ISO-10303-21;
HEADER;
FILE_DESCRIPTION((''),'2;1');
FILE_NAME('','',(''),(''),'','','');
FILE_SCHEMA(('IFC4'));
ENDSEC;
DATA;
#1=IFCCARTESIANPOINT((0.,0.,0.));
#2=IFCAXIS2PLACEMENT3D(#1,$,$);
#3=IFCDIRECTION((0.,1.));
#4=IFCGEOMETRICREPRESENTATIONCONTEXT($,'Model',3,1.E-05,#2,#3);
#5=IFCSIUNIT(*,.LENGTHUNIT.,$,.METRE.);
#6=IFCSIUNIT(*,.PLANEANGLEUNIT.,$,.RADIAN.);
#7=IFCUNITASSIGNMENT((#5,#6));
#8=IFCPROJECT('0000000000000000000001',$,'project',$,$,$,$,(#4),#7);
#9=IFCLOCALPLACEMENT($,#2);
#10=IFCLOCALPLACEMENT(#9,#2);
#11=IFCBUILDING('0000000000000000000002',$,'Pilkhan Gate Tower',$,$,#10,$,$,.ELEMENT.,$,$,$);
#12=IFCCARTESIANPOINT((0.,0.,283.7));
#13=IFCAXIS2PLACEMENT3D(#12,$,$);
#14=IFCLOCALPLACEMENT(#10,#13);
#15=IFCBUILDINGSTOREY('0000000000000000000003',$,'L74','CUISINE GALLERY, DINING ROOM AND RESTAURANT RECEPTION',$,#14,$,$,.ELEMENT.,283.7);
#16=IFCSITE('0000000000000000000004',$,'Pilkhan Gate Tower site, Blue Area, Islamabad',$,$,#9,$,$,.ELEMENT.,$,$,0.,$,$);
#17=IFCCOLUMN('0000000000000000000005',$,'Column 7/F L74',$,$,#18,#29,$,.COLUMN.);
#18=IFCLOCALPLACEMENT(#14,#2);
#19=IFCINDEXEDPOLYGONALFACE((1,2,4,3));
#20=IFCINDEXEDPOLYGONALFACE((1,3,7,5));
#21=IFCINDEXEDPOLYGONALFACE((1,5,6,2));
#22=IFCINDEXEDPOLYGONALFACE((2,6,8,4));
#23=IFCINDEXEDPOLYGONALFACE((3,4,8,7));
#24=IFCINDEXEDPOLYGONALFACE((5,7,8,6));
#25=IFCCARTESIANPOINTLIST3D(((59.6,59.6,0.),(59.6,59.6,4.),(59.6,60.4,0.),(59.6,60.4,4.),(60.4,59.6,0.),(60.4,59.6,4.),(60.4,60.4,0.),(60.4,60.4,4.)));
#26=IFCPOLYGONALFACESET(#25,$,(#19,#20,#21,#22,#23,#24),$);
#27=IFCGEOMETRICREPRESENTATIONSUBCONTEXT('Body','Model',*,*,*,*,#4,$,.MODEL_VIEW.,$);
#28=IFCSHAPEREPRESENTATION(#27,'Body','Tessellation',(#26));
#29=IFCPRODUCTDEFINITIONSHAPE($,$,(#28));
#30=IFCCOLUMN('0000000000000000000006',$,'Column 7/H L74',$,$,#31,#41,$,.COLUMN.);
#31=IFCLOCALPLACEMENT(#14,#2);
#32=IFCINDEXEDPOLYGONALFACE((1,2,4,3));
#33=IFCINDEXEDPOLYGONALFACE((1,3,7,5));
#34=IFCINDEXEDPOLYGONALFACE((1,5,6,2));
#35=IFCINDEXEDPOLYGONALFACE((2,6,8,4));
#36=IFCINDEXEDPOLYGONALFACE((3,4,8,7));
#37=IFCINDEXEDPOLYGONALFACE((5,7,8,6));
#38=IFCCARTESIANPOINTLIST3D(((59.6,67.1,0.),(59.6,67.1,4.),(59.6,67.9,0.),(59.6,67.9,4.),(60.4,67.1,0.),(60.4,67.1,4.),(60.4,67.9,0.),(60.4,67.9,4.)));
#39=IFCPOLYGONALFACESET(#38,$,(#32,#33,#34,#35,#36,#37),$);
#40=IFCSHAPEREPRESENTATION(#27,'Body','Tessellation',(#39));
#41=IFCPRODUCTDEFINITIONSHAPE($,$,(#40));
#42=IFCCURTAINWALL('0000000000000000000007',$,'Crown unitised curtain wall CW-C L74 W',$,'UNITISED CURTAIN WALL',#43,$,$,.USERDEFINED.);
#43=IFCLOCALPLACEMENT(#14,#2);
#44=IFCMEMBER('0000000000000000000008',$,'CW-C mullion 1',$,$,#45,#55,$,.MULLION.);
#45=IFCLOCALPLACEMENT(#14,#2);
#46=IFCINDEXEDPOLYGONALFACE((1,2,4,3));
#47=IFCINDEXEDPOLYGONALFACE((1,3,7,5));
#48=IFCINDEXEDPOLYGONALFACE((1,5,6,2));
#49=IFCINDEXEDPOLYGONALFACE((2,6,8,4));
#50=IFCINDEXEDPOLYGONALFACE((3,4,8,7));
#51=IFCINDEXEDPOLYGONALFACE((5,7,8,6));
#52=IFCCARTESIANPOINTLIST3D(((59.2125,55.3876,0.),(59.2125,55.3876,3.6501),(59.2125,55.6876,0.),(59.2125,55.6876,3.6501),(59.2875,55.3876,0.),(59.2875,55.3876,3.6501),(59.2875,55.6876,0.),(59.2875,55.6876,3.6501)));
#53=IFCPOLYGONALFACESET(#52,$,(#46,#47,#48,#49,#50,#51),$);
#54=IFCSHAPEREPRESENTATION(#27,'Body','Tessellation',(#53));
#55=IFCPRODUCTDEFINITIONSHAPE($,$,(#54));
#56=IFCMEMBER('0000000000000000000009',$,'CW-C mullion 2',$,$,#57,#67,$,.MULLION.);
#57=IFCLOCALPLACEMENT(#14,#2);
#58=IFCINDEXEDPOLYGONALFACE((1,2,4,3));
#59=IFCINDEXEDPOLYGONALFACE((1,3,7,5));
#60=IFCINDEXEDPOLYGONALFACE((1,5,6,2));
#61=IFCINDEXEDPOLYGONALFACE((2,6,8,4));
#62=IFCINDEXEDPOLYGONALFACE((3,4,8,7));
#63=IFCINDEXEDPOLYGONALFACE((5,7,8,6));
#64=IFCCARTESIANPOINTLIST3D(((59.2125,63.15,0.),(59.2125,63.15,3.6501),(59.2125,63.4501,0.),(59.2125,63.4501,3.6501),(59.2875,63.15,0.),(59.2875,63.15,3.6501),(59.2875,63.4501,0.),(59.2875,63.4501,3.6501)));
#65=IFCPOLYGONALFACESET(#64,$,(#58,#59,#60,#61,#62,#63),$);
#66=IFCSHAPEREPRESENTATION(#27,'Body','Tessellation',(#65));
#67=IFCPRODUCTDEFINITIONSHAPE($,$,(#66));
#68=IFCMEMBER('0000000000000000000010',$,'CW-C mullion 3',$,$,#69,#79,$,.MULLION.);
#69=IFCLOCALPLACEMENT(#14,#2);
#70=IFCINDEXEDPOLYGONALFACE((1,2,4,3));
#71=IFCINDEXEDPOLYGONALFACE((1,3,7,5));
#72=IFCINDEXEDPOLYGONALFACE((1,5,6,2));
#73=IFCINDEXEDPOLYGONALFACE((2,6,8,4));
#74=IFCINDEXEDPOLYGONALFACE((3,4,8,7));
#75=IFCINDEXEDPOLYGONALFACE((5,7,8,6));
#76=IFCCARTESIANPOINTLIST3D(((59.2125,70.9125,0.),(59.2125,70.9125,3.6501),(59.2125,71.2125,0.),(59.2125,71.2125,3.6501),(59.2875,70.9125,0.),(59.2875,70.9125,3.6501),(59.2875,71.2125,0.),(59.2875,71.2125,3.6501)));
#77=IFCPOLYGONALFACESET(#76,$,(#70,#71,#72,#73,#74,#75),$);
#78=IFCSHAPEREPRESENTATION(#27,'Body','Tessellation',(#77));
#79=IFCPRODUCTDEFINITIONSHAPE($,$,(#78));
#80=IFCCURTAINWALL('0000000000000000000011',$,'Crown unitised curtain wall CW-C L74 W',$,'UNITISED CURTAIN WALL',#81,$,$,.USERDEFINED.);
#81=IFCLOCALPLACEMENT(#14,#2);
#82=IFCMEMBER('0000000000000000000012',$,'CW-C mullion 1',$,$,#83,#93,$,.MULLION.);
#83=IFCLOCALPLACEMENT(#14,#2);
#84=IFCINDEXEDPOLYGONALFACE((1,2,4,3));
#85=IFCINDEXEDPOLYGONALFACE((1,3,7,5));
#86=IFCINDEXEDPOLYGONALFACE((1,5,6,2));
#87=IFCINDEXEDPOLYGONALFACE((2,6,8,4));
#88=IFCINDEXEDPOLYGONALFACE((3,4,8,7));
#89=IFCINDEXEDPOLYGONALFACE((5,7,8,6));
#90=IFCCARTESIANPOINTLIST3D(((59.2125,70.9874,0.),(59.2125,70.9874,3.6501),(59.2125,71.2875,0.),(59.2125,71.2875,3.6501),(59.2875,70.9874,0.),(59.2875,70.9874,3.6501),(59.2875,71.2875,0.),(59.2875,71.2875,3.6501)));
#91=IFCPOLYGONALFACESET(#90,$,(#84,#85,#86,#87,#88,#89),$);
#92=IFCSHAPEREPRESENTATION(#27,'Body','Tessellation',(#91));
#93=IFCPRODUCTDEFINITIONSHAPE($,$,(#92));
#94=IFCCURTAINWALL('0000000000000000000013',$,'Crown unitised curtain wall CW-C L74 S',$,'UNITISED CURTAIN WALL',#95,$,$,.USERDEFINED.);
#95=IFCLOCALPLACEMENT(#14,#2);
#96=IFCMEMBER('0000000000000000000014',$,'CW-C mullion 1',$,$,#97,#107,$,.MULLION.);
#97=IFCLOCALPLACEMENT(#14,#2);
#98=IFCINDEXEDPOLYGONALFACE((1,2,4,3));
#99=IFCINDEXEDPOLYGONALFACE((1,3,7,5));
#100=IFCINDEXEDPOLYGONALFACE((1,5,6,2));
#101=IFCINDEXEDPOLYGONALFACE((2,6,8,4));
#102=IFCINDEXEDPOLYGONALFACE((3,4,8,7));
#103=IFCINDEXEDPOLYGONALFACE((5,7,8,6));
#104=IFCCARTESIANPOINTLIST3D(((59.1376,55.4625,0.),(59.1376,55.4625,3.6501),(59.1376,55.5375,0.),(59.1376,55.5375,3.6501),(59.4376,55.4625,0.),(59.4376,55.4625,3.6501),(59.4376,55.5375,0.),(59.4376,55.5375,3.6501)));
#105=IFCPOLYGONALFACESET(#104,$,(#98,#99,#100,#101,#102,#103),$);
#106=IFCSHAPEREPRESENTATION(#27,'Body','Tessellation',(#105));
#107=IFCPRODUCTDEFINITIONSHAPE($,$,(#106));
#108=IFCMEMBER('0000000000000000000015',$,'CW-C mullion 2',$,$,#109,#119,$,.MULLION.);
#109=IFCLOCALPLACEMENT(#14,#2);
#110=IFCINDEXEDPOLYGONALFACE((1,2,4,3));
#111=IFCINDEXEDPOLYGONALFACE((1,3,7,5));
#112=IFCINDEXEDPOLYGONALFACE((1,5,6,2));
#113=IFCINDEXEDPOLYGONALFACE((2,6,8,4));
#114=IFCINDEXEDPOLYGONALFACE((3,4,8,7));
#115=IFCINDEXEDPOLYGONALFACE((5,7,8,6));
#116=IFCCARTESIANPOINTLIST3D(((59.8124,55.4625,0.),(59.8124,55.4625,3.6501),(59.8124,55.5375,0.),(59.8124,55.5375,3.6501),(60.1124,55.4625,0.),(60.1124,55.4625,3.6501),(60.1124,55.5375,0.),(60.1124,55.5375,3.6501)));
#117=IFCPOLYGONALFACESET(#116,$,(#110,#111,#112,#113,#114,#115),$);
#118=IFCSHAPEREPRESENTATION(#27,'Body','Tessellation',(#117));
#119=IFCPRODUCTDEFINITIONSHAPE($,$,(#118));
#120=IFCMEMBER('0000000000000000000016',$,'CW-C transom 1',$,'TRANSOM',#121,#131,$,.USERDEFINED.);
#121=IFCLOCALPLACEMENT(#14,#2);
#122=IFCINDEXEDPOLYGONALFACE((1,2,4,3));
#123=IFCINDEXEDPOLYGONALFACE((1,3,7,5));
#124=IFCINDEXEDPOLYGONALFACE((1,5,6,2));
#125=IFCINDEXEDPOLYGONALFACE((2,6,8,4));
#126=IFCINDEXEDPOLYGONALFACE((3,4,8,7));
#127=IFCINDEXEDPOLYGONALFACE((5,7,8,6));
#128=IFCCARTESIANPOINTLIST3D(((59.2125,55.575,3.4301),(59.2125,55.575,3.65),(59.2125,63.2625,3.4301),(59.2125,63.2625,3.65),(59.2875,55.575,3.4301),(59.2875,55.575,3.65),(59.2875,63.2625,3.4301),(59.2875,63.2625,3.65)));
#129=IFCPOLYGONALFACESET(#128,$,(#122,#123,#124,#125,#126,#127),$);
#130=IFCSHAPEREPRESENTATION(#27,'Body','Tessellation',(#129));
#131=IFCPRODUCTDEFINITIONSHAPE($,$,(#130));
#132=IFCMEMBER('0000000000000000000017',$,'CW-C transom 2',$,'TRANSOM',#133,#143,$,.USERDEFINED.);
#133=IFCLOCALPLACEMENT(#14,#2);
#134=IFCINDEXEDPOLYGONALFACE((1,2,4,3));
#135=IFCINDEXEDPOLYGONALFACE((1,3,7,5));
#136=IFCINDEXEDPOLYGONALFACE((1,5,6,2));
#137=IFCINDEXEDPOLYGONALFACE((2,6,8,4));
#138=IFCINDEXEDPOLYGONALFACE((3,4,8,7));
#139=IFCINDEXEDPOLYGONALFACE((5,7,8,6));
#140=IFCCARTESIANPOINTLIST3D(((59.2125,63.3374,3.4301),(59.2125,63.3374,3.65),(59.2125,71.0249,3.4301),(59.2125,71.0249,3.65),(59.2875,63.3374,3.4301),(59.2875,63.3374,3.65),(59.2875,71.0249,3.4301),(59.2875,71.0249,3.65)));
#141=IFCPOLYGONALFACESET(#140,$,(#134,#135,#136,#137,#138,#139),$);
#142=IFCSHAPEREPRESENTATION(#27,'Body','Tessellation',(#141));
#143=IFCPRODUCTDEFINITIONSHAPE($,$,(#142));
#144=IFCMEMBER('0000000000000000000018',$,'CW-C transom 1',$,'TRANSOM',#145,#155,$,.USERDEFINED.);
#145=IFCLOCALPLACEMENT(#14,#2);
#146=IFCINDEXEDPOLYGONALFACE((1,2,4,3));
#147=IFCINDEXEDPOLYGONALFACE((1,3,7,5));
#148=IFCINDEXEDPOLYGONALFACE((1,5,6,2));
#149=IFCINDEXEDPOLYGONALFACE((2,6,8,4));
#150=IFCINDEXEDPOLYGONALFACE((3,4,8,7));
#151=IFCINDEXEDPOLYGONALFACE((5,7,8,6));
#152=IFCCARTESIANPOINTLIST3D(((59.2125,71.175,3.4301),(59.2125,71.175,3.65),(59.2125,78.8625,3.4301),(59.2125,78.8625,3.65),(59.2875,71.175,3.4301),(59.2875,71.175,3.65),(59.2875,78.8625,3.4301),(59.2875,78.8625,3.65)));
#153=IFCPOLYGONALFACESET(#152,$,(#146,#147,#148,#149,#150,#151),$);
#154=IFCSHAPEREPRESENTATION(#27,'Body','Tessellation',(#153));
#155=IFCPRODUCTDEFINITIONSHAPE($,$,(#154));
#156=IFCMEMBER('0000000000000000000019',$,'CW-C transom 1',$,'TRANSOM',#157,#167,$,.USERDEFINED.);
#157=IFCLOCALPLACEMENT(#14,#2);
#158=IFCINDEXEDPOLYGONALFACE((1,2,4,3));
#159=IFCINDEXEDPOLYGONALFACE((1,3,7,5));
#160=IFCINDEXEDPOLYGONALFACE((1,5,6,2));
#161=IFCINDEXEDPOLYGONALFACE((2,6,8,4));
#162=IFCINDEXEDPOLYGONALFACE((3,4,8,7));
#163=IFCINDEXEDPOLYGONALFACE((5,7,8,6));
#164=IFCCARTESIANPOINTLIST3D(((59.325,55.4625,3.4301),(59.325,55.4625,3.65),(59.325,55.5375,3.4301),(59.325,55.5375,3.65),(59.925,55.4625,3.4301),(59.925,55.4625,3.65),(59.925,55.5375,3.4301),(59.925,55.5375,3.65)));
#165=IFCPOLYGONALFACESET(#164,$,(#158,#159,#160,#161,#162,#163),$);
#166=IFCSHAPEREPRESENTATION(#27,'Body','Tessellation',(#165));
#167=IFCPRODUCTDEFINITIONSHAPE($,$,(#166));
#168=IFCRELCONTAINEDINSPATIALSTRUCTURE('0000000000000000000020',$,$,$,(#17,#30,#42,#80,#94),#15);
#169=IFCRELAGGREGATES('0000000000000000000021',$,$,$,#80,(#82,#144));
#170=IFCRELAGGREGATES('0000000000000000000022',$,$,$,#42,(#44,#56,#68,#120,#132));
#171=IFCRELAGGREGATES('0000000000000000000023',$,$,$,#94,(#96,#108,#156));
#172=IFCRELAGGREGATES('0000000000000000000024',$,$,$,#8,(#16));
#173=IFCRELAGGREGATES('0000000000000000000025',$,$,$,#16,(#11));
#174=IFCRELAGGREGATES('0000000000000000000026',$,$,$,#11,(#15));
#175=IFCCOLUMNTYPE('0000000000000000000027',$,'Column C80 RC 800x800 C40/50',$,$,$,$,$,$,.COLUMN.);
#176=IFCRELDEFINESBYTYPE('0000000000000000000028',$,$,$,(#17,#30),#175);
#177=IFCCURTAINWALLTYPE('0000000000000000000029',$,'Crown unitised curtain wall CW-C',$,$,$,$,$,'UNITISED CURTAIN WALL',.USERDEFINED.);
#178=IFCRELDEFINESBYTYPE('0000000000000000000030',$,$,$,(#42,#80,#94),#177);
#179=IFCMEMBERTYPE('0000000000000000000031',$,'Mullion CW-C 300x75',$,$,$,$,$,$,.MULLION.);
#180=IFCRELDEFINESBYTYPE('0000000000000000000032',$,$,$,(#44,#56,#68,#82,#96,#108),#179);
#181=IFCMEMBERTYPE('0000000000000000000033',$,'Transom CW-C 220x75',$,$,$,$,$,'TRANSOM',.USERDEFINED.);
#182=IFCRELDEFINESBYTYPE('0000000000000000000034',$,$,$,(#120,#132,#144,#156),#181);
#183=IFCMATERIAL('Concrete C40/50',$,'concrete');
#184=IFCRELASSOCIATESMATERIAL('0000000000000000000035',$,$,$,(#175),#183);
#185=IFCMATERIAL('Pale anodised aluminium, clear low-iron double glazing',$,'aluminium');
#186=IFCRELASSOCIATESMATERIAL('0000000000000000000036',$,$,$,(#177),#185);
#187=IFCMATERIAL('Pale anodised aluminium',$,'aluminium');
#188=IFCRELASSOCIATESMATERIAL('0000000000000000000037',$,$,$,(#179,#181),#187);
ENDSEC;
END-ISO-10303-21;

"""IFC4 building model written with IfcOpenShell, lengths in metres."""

from ifc_helpers import new_model, si_unit, direction, frame, origin, origin_2d, place, context, subcontext, project, spatial, rectangle, extrude, material, material_profile, profile_set, type_object, element, aggregate, save


model = new_model("IFC4")

# Units and contexts
model_context = context("Model", 3, precision=1e-05, world=origin(), true_north=direction((0.0, 1.0)))
body_context = subcontext(model_context, "Body", "Model", "MODEL_VIEW")
ifc_project = project(units=[si_unit("LENGTHUNIT", "METRE"), si_unit("PLANEANGLEUNIT", "RADIAN")], contexts=[model_context])

# Site, building, storey
site_placement = place(None, origin())
site = spatial("IfcSite", under=ifc_project, at=site_placement, Name="Pilkhan Gate Tower site, Blue Area, Islamabad", CompositionType="ELEMENT", RefElevation=0.0)
building_placement = place(site_placement, origin())
building = spatial("IfcBuilding", under=site, at=building_placement, Name="Pilkhan Gate Tower", CompositionType="ELEMENT")
storey_placement = place(building_placement, frame((0.0, 0.0, 283.7)))
storey = spatial("IfcBuildingStorey", under=building, at=storey_placement, Name="L74", Description="CUISINE GALLERY, DINING ROOM AND RESTAURANT RECEPTION", CompositionType="ELEMENT", Elevation=283.7)

# Columns
ifc_material_1 = material(Name="Concrete C40/50", Category="concrete")
ifc_material_profile_1 = material_profile(ifc_material_1, rectangle(XDim=0.8, YDim=0.8, at=origin_2d()), Name="RC 800x800")
ifc_profile_set_1 = profile_set([ifc_material_profile_1], Name="Concrete C40/50")
column_type = type_object("IfcColumnType", Name="Column C80 RC 800x800 C40/50", PredefinedType="COLUMN", material=ifc_profile_set_1)
for number, where, z_axis, x_axis, name in (
    (1, (60.0, 60.0, 0.0), (0.0, 0.0, 1.0), (1.0, 0.0, 0.0), "Column 7/F L74"),
    (2, (60.0, 67.5, 0.0), (0.0, 0.0, 1.0), (1.0, 0.0, 0.0), "Column 7/H L74"),
):
    element("IfcColumn", number, at=place(storey_placement, frame(where, z_axis=z_axis, x_axis=x_axis)), inside=storey, type_object=column_type, Name=name, PredefinedType="COLUMN", context=body_context, shape_type="SweptSolid", body=[
        extrude(rectangle(XDim=0.8, YDim=0.8, at=origin_2d()), origin(), (0.0, 0.0, 1.0), 4.0),
    ])

# Curtain wall, members
ifc_material_2 = material(Name="Pale anodised aluminium, clear low-iron double glazing", Category="aluminium")
curtain_wall_type = type_object("IfcCurtainWallType", Name="Crown unitised curtain wall CW-C", ElementType="UNITISED CURTAIN WALL", PredefinedType="USERDEFINED", material=ifc_material_2)
curtain_wall_1_placement = place(storey_placement, origin())
curtain_wall_1 = element("IfcCurtainWall", 3, at=curtain_wall_1_placement, inside=storey, type_object=curtain_wall_type, Name="Crown unitised curtain wall CW-C L74 W", ObjectType="UNITISED CURTAIN WALL", PredefinedType="USERDEFINED")
ifc_material_3 = material(Name="Pale anodised aluminium", Category="aluminium")
ifc_material_profile_2 = material_profile(ifc_material_3, rectangle(XDim=0.075, YDim=0.3, at=origin_2d()), Name="Mullion 300x75")
ifc_profile_set_2 = profile_set([ifc_material_profile_2], Name="Pale anodised aluminium")
member_type_1 = type_object("IfcMemberType", Name="Mullion CW-C 300x75", PredefinedType="MULLION", material=ifc_profile_set_2)
member_1_placement = place(storey_placement, frame((59.25, 55.5376, 0.0), z_axis=(0.0, 0.0, 1.0), x_axis=(-1.0, 0.0, 0.0)))
member_1 = element("IfcMember", 4, at=member_1_placement, type_object=member_type_1, Name="CW-C mullion 1", PredefinedType="MULLION", context=body_context, shape_type="SweptSolid", body=[
    extrude(rectangle(XDim=0.075, YDim=0.3, at=origin_2d()), origin(), (0.0, 0.0, 1.0), 3.6501),
])
member_2_placement = place(storey_placement, frame((59.25, 63.3, 0.0), z_axis=(0.0, 0.0, 1.0), x_axis=(-1.0, 0.0, 0.0)))
member_2 = element("IfcMember", 5, at=member_2_placement, type_object=member_type_1, Name="CW-C mullion 2", PredefinedType="MULLION", context=body_context, shape_type="SweptSolid", body=[
    extrude(rectangle(XDim=0.075, YDim=0.3, at=origin_2d()), origin(), (0.0, 0.0, 1.0), 3.6501),
])
member_3_placement = place(storey_placement, frame((59.25, 71.0625, 0.0), z_axis=(0.0, 0.0, 1.0), x_axis=(-1.0, 0.0, 0.0)))
member_3 = element("IfcMember", 6, at=member_3_placement, type_object=member_type_1, Name="CW-C mullion 3", PredefinedType="MULLION", context=body_context, shape_type="SweptSolid", body=[
    extrude(rectangle(XDim=0.075, YDim=0.3, at=origin_2d()), origin(), (0.0, 0.0, 1.0), 3.6501),
])

# Curtain wall, member
curtain_wall_2_placement = place(storey_placement, origin())
curtain_wall_2 = element("IfcCurtainWall", 7, at=curtain_wall_2_placement, inside=storey, type_object=curtain_wall_type, Name="Crown unitised curtain wall CW-C L74 W", ObjectType="UNITISED CURTAIN WALL", PredefinedType="USERDEFINED")
member_4_placement = place(storey_placement, frame((59.25, 71.1375, 0.0), z_axis=(0.0, 0.0, 1.0), x_axis=(-1.0, 0.0, 0.0)))
member_4 = element("IfcMember", 8, at=member_4_placement, type_object=member_type_1, Name="CW-C mullion 1", PredefinedType="MULLION", context=body_context, shape_type="SweptSolid", body=[
    extrude(rectangle(XDim=0.075, YDim=0.3, at=origin_2d()), origin(), (0.0, 0.0, 1.0), 3.6501),
])

# Curtain wall, members
curtain_wall_3_placement = place(storey_placement, origin())
curtain_wall_3 = element("IfcCurtainWall", 9, at=curtain_wall_3_placement, inside=storey, type_object=curtain_wall_type, Name="Crown unitised curtain wall CW-C L74 S", ObjectType="UNITISED CURTAIN WALL", PredefinedType="USERDEFINED")
member_5_placement = place(storey_placement, frame((59.2876, 55.5, 0.0), z_axis=(0.0, 0.0, 1.0), x_axis=(0.0, 1.0, 0.0)))
member_5 = element("IfcMember", 10, at=member_5_placement, type_object=member_type_1, Name="CW-C mullion 1", PredefinedType="MULLION", context=body_context, shape_type="SweptSolid", body=[
    extrude(rectangle(XDim=0.075, YDim=0.3, at=origin_2d()), origin(), (0.0, 0.0, 1.0), 3.6501),
])
member_6_placement = place(storey_placement, frame((59.9624, 55.5, 0.0), z_axis=(0.0, 0.0, 1.0), x_axis=(0.0, 1.0, 0.0)))
member_6 = element("IfcMember", 11, at=member_6_placement, type_object=member_type_1, Name="CW-C mullion 2", PredefinedType="MULLION", context=body_context, shape_type="SweptSolid", body=[
    extrude(rectangle(XDim=0.075, YDim=0.3, at=origin_2d()), origin(), (0.0, 0.0, 1.0), 3.6501),
])

# Members
ifc_material_profile_3 = material_profile(ifc_material_3, rectangle(XDim=0.075, YDim=0.22, at=origin_2d()), Name="Transom 220x75")
ifc_profile_set_3 = profile_set([ifc_material_profile_3], Name="Pale anodised aluminium")
member_type_2 = type_object("IfcMemberType", Name="Transom CW-C 220x75", ElementType="TRANSOM", PredefinedType="USERDEFINED", material=ifc_profile_set_3)
member_7_placement = place(storey_placement, frame((59.25, 55.575, 3.54), z_axis=(0.0, 1.0, 0.0), x_axis=(-1.0, 0.0, 0.0)))
member_7 = element("IfcMember", 12, at=member_7_placement, type_object=member_type_2, Name="CW-C transom 1", ObjectType="TRANSOM", PredefinedType="USERDEFINED", context=body_context, shape_type="SweptSolid", body=[
    extrude(rectangle(XDim=0.075, YDim=0.22, at=origin_2d()), origin(), (0.0, 0.0, 1.0), 7.6875),
])
member_8_placement = place(storey_placement, frame((59.25, 63.3374, 3.54), z_axis=(0.0, 1.0, 0.0), x_axis=(-1.0, 0.0, 0.0)))
member_8 = element("IfcMember", 13, at=member_8_placement, type_object=member_type_2, Name="CW-C transom 2", ObjectType="TRANSOM", PredefinedType="USERDEFINED", context=body_context, shape_type="SweptSolid", body=[
    extrude(rectangle(XDim=0.075, YDim=0.22, at=origin_2d()), origin(), (0.0, 0.0, 1.0), 7.6875),
])
member_9_placement = place(storey_placement, frame((59.25, 71.175, 3.54), z_axis=(0.0, 1.0, 0.0), x_axis=(-1.0, 0.0, 0.0)))
member_9 = element("IfcMember", 14, at=member_9_placement, type_object=member_type_2, Name="CW-C transom 1", ObjectType="TRANSOM", PredefinedType="USERDEFINED", context=body_context, shape_type="SweptSolid", body=[
    extrude(rectangle(XDim=0.075, YDim=0.22, at=origin_2d()), origin(), (0.0, 0.0, 1.0), 7.6875),
])
aggregate(curtain_wall_2, [member_4, member_9])
member_10_placement = place(storey_placement, frame((59.325, 55.5, 3.54), z_axis=(1.0, 0.0, 0.0), x_axis=(0.0, 1.0, 0.0)))
member_10 = element("IfcMember", 15, at=member_10_placement, type_object=member_type_2, Name="CW-C transom 1", ObjectType="TRANSOM", PredefinedType="USERDEFINED", context=body_context, shape_type="SweptSolid", body=[
    extrude(rectangle(XDim=0.075, YDim=0.22, at=origin_2d()), origin(), (0.0, 0.0, 1.0), 0.6001),
])

aggregate(curtain_wall_1, [member_1, member_2, member_3, member_7, member_8])
aggregate(curtain_wall_3, [member_5, member_6, member_10])

save(model, "model.ifc")
